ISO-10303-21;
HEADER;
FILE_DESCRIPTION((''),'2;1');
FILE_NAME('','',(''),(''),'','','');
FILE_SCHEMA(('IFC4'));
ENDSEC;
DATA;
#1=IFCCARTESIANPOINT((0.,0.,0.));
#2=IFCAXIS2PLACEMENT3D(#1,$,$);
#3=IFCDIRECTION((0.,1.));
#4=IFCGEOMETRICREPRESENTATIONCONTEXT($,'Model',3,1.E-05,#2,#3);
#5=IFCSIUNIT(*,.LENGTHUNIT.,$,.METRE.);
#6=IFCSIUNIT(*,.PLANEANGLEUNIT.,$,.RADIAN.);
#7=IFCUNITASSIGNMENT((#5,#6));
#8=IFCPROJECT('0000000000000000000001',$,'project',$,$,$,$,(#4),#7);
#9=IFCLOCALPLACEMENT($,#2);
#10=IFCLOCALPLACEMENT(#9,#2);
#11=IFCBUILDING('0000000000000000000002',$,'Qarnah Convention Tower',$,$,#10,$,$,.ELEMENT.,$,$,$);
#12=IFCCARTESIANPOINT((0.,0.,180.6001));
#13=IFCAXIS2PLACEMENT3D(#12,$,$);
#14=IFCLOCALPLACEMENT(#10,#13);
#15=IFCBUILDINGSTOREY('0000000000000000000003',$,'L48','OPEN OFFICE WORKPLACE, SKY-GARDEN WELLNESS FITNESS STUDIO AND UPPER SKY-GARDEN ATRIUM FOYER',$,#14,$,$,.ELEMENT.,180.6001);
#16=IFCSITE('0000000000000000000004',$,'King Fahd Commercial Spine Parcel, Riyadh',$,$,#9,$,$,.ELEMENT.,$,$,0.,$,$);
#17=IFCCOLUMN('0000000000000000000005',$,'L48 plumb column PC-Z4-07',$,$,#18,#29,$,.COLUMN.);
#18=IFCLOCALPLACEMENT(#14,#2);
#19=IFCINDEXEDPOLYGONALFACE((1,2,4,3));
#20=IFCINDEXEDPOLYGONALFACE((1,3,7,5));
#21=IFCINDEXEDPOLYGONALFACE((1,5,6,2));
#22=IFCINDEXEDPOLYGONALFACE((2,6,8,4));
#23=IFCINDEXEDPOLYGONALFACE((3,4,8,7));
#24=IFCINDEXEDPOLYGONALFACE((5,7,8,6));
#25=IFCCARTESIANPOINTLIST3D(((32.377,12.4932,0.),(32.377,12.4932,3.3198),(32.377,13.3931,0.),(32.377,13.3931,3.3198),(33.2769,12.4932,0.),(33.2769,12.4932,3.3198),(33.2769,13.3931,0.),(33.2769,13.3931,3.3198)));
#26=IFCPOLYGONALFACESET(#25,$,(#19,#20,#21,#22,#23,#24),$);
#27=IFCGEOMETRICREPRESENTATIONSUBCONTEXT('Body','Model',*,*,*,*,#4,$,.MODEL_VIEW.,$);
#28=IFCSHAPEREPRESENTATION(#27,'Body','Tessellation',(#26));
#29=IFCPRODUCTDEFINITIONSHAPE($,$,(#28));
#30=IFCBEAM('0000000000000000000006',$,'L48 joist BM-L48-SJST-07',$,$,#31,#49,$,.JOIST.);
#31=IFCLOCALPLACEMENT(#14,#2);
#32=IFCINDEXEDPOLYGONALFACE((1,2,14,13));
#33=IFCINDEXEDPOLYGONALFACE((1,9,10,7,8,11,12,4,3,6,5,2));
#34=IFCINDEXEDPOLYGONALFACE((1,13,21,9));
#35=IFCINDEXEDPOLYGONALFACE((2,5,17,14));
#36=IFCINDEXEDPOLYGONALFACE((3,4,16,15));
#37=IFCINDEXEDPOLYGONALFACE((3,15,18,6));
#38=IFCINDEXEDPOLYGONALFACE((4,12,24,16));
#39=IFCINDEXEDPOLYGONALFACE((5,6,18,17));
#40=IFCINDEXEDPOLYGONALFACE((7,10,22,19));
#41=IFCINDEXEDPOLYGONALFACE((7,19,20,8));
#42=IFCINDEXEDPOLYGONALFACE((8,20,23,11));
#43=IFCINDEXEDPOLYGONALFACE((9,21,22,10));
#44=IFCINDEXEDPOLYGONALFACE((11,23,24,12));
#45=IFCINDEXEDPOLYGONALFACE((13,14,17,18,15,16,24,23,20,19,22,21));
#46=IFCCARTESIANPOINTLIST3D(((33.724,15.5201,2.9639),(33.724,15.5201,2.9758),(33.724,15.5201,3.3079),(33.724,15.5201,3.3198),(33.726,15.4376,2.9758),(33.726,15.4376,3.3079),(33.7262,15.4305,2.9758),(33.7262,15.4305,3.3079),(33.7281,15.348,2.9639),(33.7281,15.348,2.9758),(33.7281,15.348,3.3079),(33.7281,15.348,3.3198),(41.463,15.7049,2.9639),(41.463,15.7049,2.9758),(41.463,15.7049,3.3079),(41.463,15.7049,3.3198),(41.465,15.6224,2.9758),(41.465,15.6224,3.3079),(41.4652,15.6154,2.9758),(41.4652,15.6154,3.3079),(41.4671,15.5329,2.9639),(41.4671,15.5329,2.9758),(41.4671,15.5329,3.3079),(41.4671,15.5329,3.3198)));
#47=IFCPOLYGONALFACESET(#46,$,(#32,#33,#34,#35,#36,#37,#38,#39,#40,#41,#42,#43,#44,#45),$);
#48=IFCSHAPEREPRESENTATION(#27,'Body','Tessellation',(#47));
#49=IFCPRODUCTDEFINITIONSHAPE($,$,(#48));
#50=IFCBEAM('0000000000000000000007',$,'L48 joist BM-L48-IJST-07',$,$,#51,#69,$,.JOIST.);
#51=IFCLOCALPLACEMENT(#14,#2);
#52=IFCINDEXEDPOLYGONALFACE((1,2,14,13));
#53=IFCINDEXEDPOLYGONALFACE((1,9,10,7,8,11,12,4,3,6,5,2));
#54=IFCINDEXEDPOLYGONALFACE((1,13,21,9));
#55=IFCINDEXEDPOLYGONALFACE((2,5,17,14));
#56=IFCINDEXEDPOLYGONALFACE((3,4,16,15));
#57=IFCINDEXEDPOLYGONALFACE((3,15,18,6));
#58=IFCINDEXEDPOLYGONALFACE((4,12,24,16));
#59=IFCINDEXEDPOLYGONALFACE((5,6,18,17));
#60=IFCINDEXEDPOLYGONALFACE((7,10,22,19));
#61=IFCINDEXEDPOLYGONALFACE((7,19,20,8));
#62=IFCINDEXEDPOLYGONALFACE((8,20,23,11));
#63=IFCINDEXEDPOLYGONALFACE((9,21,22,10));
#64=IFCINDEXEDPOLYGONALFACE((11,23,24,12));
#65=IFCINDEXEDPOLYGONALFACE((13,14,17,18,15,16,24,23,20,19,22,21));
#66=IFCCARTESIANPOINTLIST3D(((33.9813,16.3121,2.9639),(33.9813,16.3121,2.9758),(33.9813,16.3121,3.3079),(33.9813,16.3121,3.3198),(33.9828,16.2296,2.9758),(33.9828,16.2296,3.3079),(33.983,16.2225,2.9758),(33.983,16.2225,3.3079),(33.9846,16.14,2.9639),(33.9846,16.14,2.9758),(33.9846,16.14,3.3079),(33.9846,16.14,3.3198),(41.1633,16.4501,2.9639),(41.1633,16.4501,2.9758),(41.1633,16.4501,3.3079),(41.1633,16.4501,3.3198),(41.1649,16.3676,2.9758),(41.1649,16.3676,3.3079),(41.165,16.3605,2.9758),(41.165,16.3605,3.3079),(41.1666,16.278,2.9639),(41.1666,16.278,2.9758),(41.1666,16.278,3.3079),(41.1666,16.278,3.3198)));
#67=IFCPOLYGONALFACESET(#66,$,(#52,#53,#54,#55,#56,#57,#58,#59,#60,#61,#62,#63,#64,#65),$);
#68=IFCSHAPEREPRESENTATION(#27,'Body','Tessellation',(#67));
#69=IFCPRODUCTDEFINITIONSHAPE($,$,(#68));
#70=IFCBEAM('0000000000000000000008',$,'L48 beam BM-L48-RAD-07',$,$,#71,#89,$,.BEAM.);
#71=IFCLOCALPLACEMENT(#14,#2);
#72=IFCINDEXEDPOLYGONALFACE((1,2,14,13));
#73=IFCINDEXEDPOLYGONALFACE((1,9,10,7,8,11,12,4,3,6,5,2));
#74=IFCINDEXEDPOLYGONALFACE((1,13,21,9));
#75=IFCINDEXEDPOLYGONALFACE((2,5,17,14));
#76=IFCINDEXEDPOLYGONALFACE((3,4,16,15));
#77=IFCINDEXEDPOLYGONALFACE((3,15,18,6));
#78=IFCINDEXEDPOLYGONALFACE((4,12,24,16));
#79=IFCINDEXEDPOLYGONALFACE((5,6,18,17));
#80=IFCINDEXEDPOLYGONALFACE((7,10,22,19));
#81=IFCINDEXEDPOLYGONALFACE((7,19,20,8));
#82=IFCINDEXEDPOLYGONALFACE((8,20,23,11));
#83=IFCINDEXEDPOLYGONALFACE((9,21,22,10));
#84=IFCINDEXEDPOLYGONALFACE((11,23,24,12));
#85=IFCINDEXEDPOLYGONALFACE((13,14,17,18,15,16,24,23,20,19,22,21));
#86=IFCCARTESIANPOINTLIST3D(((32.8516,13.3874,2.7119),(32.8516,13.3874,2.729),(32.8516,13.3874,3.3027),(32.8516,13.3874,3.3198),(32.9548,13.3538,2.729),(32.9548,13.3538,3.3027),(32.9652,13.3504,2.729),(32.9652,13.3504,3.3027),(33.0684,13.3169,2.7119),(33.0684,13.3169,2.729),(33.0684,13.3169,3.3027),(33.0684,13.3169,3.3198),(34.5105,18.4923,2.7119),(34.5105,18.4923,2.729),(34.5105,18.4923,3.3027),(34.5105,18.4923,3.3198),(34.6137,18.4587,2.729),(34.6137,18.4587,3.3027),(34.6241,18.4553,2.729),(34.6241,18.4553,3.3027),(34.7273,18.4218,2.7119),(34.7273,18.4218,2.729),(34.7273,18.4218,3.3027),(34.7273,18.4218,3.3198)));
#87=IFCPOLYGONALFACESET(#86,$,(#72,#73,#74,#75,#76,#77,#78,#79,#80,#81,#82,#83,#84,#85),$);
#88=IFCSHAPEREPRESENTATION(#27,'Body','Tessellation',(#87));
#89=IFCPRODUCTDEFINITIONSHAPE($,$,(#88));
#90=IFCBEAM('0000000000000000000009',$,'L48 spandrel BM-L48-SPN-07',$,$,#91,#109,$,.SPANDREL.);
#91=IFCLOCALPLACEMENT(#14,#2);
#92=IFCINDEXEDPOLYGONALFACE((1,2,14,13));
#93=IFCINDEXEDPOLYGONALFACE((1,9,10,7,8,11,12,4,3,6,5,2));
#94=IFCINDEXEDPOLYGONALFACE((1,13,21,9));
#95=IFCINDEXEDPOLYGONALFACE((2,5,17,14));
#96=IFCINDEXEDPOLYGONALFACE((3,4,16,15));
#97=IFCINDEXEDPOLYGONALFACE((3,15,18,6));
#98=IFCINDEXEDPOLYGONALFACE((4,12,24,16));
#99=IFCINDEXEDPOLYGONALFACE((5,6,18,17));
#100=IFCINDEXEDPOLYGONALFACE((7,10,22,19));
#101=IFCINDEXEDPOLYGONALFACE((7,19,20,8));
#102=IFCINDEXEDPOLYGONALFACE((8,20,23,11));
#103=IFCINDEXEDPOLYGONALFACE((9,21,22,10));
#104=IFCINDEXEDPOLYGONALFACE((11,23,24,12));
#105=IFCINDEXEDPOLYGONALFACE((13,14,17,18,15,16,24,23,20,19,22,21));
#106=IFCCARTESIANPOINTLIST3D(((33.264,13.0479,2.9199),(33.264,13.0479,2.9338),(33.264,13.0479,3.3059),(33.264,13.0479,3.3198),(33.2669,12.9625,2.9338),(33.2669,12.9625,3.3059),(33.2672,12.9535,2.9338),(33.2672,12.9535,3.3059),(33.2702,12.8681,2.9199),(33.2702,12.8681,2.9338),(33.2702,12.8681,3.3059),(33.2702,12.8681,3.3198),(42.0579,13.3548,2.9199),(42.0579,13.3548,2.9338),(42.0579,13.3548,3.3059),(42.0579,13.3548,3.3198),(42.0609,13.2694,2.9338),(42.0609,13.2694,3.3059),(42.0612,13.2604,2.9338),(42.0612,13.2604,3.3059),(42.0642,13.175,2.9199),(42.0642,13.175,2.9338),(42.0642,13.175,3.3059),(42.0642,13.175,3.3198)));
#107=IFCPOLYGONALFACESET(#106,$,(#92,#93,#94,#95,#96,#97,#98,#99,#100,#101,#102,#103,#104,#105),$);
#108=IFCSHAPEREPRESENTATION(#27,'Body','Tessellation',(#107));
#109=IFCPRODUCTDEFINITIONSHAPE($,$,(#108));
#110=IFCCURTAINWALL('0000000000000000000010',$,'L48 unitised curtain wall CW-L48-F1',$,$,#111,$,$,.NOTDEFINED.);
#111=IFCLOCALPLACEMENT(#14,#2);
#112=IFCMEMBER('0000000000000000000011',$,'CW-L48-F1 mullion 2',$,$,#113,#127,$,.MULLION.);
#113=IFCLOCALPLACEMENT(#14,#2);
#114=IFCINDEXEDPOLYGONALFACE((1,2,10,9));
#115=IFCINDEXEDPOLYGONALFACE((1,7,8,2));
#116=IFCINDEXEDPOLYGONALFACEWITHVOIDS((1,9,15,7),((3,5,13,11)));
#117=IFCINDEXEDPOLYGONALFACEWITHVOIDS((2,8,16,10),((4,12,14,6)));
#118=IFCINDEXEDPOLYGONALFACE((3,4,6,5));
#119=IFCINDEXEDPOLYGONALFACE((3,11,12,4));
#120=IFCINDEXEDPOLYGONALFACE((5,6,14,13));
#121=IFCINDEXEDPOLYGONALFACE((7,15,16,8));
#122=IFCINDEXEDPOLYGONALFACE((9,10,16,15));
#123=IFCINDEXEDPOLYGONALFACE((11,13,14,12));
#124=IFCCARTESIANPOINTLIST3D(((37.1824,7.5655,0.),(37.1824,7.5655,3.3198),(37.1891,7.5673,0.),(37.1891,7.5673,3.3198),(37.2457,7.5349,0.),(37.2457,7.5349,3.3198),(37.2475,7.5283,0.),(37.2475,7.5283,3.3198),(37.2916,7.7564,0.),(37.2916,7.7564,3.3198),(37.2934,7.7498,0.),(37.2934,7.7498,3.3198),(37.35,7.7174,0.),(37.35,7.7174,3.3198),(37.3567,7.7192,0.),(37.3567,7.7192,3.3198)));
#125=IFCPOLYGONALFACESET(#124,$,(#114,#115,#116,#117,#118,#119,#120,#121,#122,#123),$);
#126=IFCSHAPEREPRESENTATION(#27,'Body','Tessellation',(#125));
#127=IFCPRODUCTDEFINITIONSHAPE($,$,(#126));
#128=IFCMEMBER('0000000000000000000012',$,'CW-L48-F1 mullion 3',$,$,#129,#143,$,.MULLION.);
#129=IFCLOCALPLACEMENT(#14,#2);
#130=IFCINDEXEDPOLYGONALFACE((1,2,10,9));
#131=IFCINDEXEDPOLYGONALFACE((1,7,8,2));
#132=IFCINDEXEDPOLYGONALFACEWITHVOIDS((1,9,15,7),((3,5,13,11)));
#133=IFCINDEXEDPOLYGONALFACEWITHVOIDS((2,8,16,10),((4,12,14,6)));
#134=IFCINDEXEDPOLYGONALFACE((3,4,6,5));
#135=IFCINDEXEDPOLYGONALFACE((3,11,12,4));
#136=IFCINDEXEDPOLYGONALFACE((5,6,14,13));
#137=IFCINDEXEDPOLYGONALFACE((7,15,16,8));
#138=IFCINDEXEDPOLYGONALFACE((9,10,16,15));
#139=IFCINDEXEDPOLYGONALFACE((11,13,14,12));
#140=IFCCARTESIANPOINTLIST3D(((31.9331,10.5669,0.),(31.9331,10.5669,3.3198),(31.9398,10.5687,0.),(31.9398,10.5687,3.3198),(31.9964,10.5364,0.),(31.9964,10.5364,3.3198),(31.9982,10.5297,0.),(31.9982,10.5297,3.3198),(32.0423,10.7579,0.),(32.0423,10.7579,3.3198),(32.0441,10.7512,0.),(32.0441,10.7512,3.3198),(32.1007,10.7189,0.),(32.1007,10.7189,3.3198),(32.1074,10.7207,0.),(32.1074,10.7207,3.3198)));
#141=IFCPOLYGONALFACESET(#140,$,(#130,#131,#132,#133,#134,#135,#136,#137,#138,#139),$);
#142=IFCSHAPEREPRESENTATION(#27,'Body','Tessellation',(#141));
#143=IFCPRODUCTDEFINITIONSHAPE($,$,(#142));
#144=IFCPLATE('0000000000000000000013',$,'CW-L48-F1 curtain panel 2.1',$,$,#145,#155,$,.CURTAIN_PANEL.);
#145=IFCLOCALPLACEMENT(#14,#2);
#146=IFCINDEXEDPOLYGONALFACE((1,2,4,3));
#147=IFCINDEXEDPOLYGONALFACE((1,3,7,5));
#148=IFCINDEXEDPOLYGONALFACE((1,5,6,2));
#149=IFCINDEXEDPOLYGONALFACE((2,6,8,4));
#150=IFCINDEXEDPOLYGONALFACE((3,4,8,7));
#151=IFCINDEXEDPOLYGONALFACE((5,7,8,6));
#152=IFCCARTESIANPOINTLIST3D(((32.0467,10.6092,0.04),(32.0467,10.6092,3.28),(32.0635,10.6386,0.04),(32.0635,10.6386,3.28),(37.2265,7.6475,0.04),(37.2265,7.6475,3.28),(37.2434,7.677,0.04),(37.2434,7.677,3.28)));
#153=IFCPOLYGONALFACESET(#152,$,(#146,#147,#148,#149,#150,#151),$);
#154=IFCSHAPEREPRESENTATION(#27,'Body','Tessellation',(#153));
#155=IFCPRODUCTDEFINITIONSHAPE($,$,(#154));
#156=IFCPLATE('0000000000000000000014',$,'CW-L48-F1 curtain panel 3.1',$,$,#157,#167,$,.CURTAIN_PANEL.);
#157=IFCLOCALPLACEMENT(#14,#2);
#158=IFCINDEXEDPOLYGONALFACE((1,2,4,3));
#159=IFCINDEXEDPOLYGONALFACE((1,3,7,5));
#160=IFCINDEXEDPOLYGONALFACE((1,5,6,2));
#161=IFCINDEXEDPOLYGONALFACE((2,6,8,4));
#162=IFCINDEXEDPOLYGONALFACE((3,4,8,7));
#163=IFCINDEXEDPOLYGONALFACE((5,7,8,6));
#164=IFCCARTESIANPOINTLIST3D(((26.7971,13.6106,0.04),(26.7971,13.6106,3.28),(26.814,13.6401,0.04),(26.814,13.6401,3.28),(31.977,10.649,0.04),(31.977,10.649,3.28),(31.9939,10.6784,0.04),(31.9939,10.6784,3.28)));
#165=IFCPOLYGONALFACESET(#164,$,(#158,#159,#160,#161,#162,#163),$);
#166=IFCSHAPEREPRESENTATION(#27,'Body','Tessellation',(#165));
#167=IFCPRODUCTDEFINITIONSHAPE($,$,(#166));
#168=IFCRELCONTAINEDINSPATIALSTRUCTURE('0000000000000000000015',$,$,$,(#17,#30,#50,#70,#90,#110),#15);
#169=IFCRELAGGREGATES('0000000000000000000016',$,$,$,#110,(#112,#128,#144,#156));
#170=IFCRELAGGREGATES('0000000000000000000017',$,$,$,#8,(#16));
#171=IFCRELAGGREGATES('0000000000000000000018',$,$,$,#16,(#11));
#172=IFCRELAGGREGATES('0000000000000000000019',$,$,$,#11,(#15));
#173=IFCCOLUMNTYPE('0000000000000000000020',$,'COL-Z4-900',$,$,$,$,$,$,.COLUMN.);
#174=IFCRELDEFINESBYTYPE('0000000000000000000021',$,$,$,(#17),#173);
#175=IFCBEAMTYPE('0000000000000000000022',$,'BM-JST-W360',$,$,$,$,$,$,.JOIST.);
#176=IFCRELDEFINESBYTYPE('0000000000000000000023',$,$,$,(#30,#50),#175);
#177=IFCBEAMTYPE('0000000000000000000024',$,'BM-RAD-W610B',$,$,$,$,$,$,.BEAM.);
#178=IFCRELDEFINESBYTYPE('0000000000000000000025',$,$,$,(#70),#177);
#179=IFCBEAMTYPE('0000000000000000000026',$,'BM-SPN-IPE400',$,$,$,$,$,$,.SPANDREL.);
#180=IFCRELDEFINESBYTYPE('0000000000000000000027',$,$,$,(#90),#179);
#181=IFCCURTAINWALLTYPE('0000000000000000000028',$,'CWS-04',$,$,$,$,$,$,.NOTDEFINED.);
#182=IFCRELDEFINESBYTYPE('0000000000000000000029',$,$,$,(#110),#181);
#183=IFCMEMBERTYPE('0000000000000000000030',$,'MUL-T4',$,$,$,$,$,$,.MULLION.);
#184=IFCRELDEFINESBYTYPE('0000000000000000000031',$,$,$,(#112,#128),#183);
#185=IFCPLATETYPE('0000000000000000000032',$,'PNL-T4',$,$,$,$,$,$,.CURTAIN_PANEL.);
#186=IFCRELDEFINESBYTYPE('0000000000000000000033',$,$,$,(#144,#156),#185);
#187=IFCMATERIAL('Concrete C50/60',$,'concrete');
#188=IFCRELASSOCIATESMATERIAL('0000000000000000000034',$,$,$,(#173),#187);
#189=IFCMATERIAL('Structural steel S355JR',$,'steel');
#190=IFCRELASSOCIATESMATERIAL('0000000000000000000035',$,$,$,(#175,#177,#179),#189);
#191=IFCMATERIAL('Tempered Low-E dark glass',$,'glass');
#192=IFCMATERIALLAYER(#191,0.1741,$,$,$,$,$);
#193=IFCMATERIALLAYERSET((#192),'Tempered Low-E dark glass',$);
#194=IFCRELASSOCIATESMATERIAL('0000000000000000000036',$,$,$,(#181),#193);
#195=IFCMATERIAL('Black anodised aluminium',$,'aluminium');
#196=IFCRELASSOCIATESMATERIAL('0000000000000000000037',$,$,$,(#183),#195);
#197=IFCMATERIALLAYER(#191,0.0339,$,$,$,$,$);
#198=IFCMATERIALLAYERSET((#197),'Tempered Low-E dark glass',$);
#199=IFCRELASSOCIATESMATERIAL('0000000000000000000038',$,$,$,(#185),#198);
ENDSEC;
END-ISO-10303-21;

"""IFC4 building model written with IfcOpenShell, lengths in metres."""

from ifc_helpers import new_model, si_unit, direction, frame, origin, origin_2d, place, context, subcontext, project, spatial, rectangle, hollow_rectangle, i_section, extrude, material, layer, layer_set, material_profile, profile_set, type_object, element, aggregate, save


model = new_model("IFC4")

# Units and contexts
model_context = context("Model", 3, precision=1e-05, world=origin(), true_north=direction((0.0, 1.0)))
body_context = subcontext(model_context, "Body", "Model", "MODEL_VIEW")
ifc_project = project(units=[si_unit("LENGTHUNIT", "METRE"), si_unit("PLANEANGLEUNIT", "RADIAN")], contexts=[model_context])

# Site, building, storey
site_placement = place(None, origin())
site = spatial("IfcSite", under=ifc_project, at=site_placement, Name="King Fahd Commercial Spine Parcel, Riyadh", CompositionType="ELEMENT", RefElevation=0.0)
building_placement = place(site_placement, origin())
building = spatial("IfcBuilding", under=site, at=building_placement, Name="Qarnah Convention Tower", CompositionType="ELEMENT")
storey_placement = place(building_placement, frame((0.0, 0.0, 180.6001)))
storey = spatial("IfcBuildingStorey", under=building, at=storey_placement, Name="L48", Description="OPEN OFFICE WORKPLACE, SKY-GARDEN WELLNESS FITNESS STUDIO AND UPPER SKY-GARDEN ATRIUM FOYER", CompositionType="ELEMENT", Elevation=180.6001)

# Column
ifc_material_1 = material(Name="Concrete C50/60", Category="concrete")
ifc_material_profile_1 = material_profile(ifc_material_1, rectangle(XDim=0.8999, YDim=0.8999, at=origin_2d()), Name="RC-COL-900X900")
ifc_profile_set_1 = profile_set([ifc_material_profile_1], Name="Concrete C50/60")
column_type = type_object("IfcColumnType", Name="COL-Z4-900", PredefinedType="COLUMN", material=ifc_profile_set_1)
column_placement = place(storey_placement, frame((32.8269, 12.9431, 0.0), z_axis=(0.0, 0.0, 1.0), x_axis=(1.0, 0.0, 0.0)))
element("IfcColumn", 1, at=column_placement, inside=storey, type_object=column_type, Name="L48 plumb column PC-Z4-07", PredefinedType="COLUMN", context=body_context, shape_type="SweptSolid", body=[
    extrude(rectangle(XDim=0.8999, YDim=0.8999, at=origin_2d()), origin(), (0.0, 0.0, 1.0), 3.3198),
])

# Beams
ifc_material_2 = material(Name="Structural steel S355JR", Category="steel")
ifc_material_profile_2 = material_profile(ifc_material_2, i_section(OverallWidth=0.1721, OverallDepth=0.356, WebThickness=0.0071, FlangeThickness=0.012, at=origin_2d()), Name="W360X51")
ifc_profile_set_2 = profile_set([ifc_material_profile_2], Name="Structural steel S355JR")
beam_type_1 = type_object("IfcBeamType", Name="BM-JST-W360", PredefinedType="JOIST", material=ifc_profile_set_2)
beam_1_placement = place(storey_placement, frame((33.7261, 15.4341, 3.1418), z_axis=(0.999715, 0.023874, 0.0), x_axis=(-0.023874, 0.999715, 0.0)))
element("IfcBeam", 2, at=beam_1_placement, inside=storey, type_object=beam_type_1, Name="L48 joist BM-L48-SJST-07", PredefinedType="JOIST", context=body_context, shape_type="SweptSolid", body=[
    extrude(i_section(OverallWidth=0.1721, OverallDepth=0.356, WebThickness=0.0071, FlangeThickness=0.012, at=origin_2d()), origin(), (0.0, 0.0, 1.0), 7.7412),
])
beam_2_placement = place(storey_placement, frame((33.9829, 16.2261, 3.1418), z_axis=(0.999816, 0.019202, 0.0), x_axis=(-0.019202, 0.999816, 0.0)))
element("IfcBeam", 3, at=beam_2_placement, inside=storey, type_object=beam_type_1, Name="L48 joist BM-L48-IJST-07", PredefinedType="JOIST", context=body_context, shape_type="SweptSolid", body=[
    extrude(i_section(OverallWidth=0.1721, OverallDepth=0.356, WebThickness=0.0071, FlangeThickness=0.012, at=origin_2d()), origin(), (0.0, 0.0, 1.0), 7.1833),
])
ifc_material_profile_3 = material_profile(ifc_material_2, i_section(OverallWidth=0.228, OverallDepth=0.6079, WebThickness=0.011, FlangeThickness=0.0171, at=origin_2d()), Name="W610X113")
ifc_profile_set_3 = profile_set([ifc_material_profile_3], Name="Structural steel S355JR")
beam_type_2 = type_object("IfcBeamType", Name="BM-RAD-W610B", PredefinedType="BEAM", material=ifc_profile_set_3)
beam_3_placement = place(storey_placement, frame((34.6189, 18.457, 3.0159), z_axis=(-0.309055, -0.951044, 0.0), x_axis=(0.951044, -0.309055, 0.0)))
element("IfcBeam", 4, at=beam_3_placement, inside=storey, type_object=beam_type_2, Name="L48 beam BM-L48-RAD-07", PredefinedType="BEAM", context=body_context, shape_type="SweptSolid", body=[
    extrude(i_section(OverallWidth=0.228, OverallDepth=0.6079, WebThickness=0.011, FlangeThickness=0.0171, at=origin_2d()), origin(), (0.0, 0.0, 1.0), 5.3677),
])
ifc_material_profile_4 = material_profile(ifc_material_2, i_section(OverallWidth=0.1799, OverallDepth=0.3999, WebThickness=0.009, FlangeThickness=0.0139, at=origin_2d()), Name="IPE400")
ifc_profile_set_4 = profile_set([ifc_material_profile_4], Name="Structural steel S355JR")
beam_type_3 = type_object("IfcBeamType", Name="BM-SPN-IPE400", PredefinedType="SPANDREL", material=ifc_profile_set_4)
beam_4_placement = place(storey_placement, frame((33.2671, 12.958, 3.1199), z_axis=(0.999392, 0.034876, 0.0), x_axis=(-0.034876, 0.999392, 0.0)))
element("IfcBeam", 5, at=beam_4_placement, inside=storey, type_object=beam_type_3, Name="L48 spandrel BM-L48-SPN-07", PredefinedType="SPANDREL", context=body_context, shape_type="SweptSolid", body=[
    extrude(i_section(OverallWidth=0.1799, OverallDepth=0.3999, WebThickness=0.009, FlangeThickness=0.0139, at=origin_2d()), origin(), (0.0, 0.0, 1.0), 8.7993),
])

# Curtain wall, members, plates
ifc_material_3 = material(Name="Tempered Low-E dark glass", Category="glass")
ifc_layer_1 = layer(ifc_material_3, 0.1741)
ifc_layer_set_1 = layer_set([ifc_layer_1], Name="Tempered Low-E dark glass")
curtain_wall_type = type_object("IfcCurtainWallType", Name="CWS-04", PredefinedType="NOTDEFINED", material=ifc_layer_set_1)
curtain_wall_placement = place(storey_placement, origin())
curtain_wall = element("IfcCurtainWall", 6, at=curtain_wall_placement, inside=storey, type_object=curtain_wall_type, Name="L48 unitised curtain wall CW-L48-F1", PredefinedType="NOTDEFINED")
ifc_material_4 = material(Name="Black anodised aluminium", Category="aluminium")
ifc_material_profile_5 = material_profile(ifc_material_4, hollow_rectangle(XDim=0.075, YDim=0.22, WallThickness=0.0049, at=origin_2d()), Name="MUL-75X220")
ifc_profile_set_5 = profile_set([ifc_material_profile_5], Name="Black anodised aluminium")
member_type = type_object("IfcMemberType", Name="MUL-T4", PredefinedType="MULLION", material=ifc_profile_set_5)
member_1_placement = place(storey_placement, frame((37.2695, 7.6423, 0.0), z_axis=(0.0, 0.0, 1.0), x_axis=(-0.868119, 0.496356, 0.0)))
member_1 = element("IfcMember", 7, at=member_1_placement, type_object=member_type, Name="CW-L48-F1 mullion 2", PredefinedType="MULLION", context=body_context, shape_type="SweptSolid", body=[
    extrude(hollow_rectangle(XDim=0.075, YDim=0.22, WallThickness=0.0049, at=origin_2d()), origin(), (0.0, 0.0, 1.0), 3.3198),
])
member_2_placement = place(storey_placement, frame((32.0203, 10.6438, 0.0), z_axis=(0.0, 0.0, 1.0), x_axis=(-0.868119, 0.496356, 0.0)))
member_2 = element("IfcMember", 8, at=member_2_placement, type_object=member_type, Name="CW-L48-F1 mullion 3", PredefinedType="MULLION", context=body_context, shape_type="SweptSolid", body=[
    extrude(hollow_rectangle(XDim=0.075, YDim=0.22, WallThickness=0.0049, at=origin_2d()), origin(), (0.0, 0.0, 1.0), 3.3198),
])
ifc_layer_2 = layer(ifc_material_3, 0.0339)
ifc_layer_set_2 = layer_set([ifc_layer_2], Name="Tempered Low-E dark glass")
plate_type = type_object("IfcPlateType", Name="PNL-T4", PredefinedType="CURTAIN_PANEL", material=ifc_layer_set_2)
plate_1_placement = place(storey_placement, frame((34.645, 9.1431, 0.04), z_axis=(0.0, 0.0, 1.0), x_axis=(-0.868119, 0.496356, 0.0)))
plate_1 = element("IfcPlate", 9, at=plate_1_placement, type_object=plate_type, Name="CW-L48-F1 curtain panel 2.1", PredefinedType="CURTAIN_PANEL", context=body_context, shape_type="SweptSolid", body=[
    extrude(rectangle(XDim=5.9668, YDim=0.0339, at=origin_2d()), origin(), (0.0, 0.0, 1.0), 3.24),
])
plate_2_placement = place(storey_placement, frame((29.3955, 12.1445, 0.04), z_axis=(0.0, 0.0, 1.0), x_axis=(-0.868119, 0.496356, 0.0)))
plate_2 = element("IfcPlate", 10, at=plate_2_placement, type_object=plate_type, Name="CW-L48-F1 curtain panel 3.1", PredefinedType="CURTAIN_PANEL", context=body_context, shape_type="SweptSolid", body=[
    extrude(rectangle(XDim=5.9668, YDim=0.0339, at=origin_2d()), origin(), (0.0, 0.0, 1.0), 3.24),
])
aggregate(curtain_wall, [member_1, member_2, plate_1, plate_2])

save(model, "model.ifc")
